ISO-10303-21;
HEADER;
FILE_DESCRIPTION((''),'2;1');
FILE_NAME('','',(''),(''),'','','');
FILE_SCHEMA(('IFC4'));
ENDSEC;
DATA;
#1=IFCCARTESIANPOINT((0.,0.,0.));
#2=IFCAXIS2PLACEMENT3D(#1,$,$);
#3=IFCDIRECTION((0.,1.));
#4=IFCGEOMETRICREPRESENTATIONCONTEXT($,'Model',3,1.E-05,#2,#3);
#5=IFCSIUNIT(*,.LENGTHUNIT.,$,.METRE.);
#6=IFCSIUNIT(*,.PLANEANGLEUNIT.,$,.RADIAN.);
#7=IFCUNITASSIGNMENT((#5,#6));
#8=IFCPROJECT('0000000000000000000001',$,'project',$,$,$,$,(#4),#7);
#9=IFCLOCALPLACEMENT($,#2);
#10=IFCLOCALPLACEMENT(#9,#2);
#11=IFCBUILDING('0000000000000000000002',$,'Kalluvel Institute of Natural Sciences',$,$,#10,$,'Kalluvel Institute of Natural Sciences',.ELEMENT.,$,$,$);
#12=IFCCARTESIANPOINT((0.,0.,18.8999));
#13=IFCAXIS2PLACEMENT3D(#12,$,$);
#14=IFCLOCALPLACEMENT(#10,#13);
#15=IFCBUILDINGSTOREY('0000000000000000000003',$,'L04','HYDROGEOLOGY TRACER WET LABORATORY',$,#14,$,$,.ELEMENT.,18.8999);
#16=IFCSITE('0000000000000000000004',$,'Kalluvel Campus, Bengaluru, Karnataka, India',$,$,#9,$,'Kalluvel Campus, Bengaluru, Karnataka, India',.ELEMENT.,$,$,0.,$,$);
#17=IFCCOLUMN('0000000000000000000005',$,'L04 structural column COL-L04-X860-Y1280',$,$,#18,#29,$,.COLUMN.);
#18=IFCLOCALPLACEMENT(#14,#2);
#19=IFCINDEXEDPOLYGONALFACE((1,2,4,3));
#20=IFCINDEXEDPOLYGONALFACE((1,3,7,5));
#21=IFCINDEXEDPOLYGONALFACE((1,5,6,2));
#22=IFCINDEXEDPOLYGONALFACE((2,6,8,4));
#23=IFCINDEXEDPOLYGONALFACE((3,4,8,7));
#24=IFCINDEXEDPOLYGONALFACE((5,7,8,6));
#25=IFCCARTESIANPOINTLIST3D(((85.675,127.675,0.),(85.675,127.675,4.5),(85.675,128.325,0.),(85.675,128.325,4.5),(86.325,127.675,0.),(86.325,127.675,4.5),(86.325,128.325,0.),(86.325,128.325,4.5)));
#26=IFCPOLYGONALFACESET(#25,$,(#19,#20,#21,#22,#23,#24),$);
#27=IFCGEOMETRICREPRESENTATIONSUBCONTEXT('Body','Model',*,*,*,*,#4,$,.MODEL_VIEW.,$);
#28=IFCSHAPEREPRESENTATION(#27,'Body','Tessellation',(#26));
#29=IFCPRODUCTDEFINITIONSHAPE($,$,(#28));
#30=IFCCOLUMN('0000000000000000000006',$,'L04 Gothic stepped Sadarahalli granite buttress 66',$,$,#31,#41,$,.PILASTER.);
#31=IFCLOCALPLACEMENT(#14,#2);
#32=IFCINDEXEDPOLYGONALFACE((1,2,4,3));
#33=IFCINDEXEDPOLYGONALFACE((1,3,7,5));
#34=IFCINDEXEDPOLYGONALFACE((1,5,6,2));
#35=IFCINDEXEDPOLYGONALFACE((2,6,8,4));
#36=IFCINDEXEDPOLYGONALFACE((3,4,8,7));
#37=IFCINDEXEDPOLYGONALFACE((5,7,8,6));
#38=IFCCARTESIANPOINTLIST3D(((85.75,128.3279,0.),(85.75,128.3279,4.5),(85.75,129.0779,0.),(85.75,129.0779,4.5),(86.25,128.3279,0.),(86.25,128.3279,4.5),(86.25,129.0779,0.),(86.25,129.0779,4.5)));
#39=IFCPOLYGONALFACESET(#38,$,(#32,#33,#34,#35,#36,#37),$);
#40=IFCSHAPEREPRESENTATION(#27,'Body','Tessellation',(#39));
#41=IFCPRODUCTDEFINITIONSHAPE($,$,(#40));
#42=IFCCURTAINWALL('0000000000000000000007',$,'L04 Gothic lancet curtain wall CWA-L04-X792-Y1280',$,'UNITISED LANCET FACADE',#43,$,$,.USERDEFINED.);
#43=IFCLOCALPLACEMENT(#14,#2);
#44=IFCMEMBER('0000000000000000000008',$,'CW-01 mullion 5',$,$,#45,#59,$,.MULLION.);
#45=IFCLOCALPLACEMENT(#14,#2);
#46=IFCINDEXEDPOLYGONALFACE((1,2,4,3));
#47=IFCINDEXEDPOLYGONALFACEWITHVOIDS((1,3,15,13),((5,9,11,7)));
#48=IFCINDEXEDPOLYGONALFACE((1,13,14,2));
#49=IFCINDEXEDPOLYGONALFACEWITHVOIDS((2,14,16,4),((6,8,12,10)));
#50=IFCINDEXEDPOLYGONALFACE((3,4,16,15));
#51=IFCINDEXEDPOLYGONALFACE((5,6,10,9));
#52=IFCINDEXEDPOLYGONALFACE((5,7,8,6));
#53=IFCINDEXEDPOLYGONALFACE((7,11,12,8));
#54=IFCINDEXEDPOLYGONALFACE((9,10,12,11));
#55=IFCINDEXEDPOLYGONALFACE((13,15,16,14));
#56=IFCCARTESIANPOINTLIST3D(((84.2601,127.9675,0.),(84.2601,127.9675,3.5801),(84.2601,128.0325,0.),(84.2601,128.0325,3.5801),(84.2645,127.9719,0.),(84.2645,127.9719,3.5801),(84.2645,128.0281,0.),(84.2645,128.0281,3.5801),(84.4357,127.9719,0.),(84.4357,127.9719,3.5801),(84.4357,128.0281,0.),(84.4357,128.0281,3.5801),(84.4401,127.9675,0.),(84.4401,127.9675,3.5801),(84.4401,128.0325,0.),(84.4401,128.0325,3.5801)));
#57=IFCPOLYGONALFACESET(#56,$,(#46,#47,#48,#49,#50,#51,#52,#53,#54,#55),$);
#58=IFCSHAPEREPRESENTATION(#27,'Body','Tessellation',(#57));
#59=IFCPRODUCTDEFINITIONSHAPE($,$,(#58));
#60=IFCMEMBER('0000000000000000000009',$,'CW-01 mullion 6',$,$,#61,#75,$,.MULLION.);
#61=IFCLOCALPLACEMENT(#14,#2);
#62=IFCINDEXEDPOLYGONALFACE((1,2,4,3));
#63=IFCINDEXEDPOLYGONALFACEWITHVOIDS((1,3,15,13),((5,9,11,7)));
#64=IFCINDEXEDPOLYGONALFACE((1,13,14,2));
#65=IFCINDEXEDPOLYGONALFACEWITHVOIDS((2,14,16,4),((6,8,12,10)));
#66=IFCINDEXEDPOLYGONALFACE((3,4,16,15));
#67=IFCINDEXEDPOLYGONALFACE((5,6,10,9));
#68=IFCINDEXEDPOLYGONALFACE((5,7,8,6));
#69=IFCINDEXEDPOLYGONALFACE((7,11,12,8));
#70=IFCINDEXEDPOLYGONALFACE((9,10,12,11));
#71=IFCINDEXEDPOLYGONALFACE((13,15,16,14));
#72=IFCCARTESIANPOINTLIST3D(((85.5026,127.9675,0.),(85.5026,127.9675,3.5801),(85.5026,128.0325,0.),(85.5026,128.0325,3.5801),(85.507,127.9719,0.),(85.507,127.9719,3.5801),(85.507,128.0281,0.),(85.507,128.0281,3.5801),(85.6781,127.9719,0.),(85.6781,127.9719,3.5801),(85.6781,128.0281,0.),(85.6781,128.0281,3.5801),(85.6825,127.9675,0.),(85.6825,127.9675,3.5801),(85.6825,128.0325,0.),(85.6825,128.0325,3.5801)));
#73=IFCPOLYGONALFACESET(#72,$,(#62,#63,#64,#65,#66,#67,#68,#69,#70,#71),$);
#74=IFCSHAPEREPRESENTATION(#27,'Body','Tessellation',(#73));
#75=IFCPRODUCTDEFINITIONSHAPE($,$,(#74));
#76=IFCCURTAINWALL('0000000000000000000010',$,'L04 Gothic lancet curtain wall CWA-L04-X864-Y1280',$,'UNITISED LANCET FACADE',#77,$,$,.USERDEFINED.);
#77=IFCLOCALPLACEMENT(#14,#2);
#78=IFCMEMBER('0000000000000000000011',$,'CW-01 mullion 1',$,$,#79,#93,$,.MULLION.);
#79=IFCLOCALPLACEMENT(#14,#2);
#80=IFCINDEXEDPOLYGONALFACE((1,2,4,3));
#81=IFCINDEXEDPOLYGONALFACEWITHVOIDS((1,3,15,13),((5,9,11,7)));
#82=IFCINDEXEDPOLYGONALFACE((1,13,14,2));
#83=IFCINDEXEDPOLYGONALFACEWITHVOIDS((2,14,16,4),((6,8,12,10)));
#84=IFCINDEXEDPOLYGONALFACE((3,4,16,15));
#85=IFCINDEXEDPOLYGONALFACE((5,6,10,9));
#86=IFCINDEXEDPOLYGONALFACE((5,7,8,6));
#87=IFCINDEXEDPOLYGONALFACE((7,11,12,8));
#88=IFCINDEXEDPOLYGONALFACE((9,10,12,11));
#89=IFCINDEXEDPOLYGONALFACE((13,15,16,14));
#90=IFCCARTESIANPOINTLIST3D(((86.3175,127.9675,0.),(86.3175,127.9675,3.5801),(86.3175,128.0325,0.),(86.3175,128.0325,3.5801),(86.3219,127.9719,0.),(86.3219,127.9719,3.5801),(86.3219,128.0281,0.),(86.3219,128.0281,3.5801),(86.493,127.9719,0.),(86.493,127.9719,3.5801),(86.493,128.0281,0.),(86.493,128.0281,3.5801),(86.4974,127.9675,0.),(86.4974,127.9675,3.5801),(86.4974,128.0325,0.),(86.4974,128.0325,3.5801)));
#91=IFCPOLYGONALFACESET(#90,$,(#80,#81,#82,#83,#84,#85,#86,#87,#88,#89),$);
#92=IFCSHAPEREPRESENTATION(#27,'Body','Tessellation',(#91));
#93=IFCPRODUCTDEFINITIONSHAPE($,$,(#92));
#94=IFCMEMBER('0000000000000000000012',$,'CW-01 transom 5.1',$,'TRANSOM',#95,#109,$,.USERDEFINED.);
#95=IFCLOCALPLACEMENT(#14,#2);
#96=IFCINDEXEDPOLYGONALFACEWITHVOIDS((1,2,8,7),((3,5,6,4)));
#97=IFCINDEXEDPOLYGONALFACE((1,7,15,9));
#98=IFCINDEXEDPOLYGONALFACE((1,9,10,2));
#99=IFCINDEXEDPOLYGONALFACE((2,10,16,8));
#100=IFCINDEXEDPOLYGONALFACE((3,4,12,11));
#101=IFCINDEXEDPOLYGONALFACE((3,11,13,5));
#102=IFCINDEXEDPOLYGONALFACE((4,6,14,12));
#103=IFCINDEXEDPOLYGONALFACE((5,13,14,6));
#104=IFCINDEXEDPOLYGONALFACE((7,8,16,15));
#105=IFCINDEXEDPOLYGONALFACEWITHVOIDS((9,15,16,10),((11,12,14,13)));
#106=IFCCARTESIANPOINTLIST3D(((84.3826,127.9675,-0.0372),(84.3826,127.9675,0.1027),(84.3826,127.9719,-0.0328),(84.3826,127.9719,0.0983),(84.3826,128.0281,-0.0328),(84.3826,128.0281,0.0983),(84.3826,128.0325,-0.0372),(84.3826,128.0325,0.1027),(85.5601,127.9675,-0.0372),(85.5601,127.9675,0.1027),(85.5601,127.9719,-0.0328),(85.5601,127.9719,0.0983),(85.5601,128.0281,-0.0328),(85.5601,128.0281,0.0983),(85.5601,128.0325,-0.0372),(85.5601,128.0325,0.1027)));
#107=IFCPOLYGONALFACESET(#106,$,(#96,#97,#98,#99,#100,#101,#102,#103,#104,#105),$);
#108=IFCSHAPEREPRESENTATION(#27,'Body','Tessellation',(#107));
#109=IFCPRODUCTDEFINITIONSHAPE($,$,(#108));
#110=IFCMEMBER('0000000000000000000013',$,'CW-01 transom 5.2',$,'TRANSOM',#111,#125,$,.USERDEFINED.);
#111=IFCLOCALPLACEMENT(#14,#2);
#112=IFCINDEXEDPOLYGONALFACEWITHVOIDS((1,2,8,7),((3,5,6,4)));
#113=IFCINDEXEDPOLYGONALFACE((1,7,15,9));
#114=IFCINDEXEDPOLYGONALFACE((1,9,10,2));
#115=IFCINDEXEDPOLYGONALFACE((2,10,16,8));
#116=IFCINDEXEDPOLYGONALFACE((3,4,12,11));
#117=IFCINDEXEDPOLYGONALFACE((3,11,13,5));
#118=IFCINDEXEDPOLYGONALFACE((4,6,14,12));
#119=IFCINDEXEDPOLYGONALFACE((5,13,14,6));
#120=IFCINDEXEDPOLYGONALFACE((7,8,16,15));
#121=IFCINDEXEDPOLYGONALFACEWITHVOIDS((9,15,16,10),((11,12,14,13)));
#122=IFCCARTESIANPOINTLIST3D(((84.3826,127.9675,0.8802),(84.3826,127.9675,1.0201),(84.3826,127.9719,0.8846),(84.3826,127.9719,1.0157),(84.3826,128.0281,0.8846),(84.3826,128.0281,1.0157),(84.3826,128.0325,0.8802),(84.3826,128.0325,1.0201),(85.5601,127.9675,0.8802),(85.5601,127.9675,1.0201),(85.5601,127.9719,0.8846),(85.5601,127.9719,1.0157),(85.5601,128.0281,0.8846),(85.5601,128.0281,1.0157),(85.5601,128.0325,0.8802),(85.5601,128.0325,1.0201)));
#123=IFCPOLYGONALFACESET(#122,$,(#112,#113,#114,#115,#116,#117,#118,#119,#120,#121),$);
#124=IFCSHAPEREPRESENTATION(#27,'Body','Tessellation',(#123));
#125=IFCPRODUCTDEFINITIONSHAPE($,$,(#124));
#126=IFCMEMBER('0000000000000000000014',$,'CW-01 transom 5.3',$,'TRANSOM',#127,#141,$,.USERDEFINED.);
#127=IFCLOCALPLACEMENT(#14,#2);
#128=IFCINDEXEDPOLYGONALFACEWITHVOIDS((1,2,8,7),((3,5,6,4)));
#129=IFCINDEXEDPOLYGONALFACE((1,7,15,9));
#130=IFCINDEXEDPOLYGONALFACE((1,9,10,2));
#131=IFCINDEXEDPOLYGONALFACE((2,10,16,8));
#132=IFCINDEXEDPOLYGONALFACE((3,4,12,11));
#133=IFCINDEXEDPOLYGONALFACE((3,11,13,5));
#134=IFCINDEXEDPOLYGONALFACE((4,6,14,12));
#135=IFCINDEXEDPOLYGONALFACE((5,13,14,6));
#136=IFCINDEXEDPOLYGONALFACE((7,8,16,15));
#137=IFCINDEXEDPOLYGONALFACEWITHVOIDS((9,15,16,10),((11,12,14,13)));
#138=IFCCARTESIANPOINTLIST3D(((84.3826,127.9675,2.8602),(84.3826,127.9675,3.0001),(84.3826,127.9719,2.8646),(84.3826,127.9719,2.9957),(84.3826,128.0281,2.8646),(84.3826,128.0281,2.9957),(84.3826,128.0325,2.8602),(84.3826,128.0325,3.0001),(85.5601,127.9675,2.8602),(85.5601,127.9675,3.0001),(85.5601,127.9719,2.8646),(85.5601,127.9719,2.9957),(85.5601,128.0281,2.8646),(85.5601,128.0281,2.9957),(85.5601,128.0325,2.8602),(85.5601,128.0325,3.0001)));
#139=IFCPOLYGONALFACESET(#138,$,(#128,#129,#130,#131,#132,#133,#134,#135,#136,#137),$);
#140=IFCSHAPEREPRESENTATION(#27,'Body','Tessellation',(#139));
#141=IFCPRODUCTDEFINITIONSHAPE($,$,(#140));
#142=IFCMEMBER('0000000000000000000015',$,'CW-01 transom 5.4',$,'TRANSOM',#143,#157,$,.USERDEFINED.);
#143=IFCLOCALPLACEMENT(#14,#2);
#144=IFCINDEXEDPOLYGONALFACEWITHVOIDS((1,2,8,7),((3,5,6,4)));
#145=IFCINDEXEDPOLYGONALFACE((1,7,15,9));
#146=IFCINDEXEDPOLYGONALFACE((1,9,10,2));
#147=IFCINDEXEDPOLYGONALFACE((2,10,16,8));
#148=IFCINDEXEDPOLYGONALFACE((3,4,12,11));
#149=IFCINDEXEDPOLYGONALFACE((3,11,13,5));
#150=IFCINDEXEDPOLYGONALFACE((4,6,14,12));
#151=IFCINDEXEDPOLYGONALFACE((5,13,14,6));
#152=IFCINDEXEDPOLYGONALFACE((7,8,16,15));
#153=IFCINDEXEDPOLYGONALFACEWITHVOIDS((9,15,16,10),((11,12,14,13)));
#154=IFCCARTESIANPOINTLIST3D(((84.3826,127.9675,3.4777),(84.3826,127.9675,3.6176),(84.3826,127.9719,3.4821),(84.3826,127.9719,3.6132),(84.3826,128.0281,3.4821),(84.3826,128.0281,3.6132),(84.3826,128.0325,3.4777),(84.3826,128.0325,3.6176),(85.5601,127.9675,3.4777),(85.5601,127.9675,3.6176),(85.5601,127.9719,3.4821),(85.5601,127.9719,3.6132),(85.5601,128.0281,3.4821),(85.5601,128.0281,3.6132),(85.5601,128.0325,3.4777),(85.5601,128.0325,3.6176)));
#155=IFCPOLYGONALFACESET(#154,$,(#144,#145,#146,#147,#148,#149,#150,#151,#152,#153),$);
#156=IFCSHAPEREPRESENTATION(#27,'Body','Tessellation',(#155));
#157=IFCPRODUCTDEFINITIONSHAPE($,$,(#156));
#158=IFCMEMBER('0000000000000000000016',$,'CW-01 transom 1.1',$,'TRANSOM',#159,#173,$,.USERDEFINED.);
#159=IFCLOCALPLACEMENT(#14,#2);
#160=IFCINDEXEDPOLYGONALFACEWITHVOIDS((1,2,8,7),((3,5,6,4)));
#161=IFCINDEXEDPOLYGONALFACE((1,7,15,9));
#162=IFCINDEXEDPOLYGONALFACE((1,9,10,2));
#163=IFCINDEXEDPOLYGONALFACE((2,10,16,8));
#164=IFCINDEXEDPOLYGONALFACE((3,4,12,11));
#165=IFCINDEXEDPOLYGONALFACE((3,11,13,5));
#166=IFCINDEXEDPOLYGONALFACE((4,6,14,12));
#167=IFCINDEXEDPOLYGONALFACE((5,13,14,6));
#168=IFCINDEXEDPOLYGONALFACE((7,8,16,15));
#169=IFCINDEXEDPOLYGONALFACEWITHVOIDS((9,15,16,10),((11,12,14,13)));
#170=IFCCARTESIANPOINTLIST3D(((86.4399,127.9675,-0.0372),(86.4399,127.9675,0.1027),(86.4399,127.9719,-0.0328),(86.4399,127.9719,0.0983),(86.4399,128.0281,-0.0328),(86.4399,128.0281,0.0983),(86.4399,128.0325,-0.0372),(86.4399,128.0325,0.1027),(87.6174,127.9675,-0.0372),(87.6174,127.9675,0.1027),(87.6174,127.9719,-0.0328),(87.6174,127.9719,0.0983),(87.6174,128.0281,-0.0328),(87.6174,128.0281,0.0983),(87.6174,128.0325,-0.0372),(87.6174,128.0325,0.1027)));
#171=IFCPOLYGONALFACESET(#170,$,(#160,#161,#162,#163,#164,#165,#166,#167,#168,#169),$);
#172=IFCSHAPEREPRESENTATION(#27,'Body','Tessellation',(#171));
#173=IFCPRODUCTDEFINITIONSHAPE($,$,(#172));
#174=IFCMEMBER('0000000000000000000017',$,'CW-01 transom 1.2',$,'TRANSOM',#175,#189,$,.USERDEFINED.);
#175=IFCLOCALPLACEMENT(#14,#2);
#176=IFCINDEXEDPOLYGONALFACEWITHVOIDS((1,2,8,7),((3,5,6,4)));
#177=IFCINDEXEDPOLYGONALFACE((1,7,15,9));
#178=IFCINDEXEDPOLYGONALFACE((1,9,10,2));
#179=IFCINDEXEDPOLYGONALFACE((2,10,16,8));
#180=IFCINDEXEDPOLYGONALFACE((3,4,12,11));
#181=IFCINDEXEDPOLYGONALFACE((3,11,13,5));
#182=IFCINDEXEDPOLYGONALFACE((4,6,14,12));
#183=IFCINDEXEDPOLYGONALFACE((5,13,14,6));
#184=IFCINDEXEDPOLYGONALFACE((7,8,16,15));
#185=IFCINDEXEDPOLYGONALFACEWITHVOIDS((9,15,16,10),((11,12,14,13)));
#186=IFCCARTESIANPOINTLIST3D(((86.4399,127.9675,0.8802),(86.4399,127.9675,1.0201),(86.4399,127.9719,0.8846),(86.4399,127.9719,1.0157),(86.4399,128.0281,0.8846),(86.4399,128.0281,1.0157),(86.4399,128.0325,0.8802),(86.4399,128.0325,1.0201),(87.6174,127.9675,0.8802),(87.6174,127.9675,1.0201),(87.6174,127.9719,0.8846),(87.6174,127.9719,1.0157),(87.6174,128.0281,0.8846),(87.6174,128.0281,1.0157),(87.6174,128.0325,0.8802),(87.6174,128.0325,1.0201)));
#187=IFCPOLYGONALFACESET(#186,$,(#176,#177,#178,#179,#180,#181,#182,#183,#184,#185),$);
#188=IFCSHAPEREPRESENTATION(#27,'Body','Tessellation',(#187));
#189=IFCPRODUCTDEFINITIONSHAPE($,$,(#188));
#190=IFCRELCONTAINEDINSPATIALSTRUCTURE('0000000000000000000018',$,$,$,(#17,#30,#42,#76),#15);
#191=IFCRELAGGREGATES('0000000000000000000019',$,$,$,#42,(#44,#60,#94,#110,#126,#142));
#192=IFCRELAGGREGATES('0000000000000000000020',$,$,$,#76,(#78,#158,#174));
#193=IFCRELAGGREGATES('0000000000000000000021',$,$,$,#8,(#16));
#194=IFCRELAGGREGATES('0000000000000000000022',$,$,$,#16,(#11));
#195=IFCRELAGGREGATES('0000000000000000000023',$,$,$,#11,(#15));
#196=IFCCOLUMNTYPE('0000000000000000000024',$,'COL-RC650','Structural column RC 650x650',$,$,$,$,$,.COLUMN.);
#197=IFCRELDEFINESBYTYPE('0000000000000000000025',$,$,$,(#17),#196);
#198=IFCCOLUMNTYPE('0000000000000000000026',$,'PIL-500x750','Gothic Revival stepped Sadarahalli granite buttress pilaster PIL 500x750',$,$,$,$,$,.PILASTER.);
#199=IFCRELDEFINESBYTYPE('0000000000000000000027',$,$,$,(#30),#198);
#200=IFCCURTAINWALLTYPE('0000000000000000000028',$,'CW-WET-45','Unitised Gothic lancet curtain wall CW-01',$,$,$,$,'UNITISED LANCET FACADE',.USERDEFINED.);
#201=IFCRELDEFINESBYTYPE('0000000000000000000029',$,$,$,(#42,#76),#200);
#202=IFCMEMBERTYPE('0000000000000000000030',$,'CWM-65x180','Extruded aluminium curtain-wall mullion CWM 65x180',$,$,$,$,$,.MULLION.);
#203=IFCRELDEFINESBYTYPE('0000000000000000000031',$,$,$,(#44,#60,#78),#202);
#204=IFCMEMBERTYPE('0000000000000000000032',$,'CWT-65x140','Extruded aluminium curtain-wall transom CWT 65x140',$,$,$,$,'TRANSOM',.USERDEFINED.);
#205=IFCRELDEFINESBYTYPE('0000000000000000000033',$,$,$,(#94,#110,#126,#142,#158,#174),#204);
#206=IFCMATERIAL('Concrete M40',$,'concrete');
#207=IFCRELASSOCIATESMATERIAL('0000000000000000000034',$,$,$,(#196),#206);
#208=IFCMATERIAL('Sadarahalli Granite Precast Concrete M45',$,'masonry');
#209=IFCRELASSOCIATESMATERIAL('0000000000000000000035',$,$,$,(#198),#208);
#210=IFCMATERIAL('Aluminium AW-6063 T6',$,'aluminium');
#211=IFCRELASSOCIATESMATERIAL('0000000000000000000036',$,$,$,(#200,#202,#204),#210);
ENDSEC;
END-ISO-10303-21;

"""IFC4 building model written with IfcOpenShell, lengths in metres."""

from ifc_helpers import new_model, si_unit, direction, frame, origin, origin_2d, place, context, subcontext, project, spatial, rectangle, hollow_rectangle, extrude, material, material_profile, profile_set, type_object, element, aggregate, save


model = new_model("IFC4")

# Units and contexts
model_context = context("Model", 3, precision=1e-05, world=origin(), true_north=direction((0.0, 1.0)))
body_context = subcontext(model_context, "Body", "Model", "MODEL_VIEW")
ifc_project = project(units=[si_unit("LENGTHUNIT", "METRE"), si_unit("PLANEANGLEUNIT", "RADIAN")], contexts=[model_context])

# Site, building, storey
site_placement = place(None, origin())
site = spatial("IfcSite", under=ifc_project, at=site_placement, Name="Kalluvel Campus, Bengaluru, Karnataka, India", LongName="Kalluvel Campus, Bengaluru, Karnataka, India", CompositionType="ELEMENT", RefElevation=0.0)
building_placement = place(site_placement, origin())
building = spatial("IfcBuilding", under=site, at=building_placement, Name="Kalluvel Institute of Natural Sciences", LongName="Kalluvel Institute of Natural Sciences", CompositionType="ELEMENT")
storey_placement = place(building_placement, frame((0.0, 0.0, 18.8999)))
storey = spatial("IfcBuildingStorey", under=building, at=storey_placement, Name="L04", Description="HYDROGEOLOGY TRACER WET LABORATORY", CompositionType="ELEMENT", Elevation=18.8999)

# Columns
ifc_material_1 = material(Name="Concrete M40", Category="concrete")
ifc_material_profile_1 = material_profile(ifc_material_1, rectangle(XDim=0.6499, YDim=0.6499, at=origin_2d()), Name="RC 650x650")
ifc_profile_set_1 = profile_set([ifc_material_profile_1], Name="Concrete M40")
column_type_1 = type_object("IfcColumnType", Name="COL-RC650", Description="Structural column RC 650x650", PredefinedType="COLUMN", material=ifc_profile_set_1)
column_1_placement = place(storey_placement, frame((86.0, 128.0, 0.0), z_axis=(0.0, 0.0, 1.0), x_axis=(1.0, 0.0, 0.0)))
element("IfcColumn", 1, at=column_1_placement, inside=storey, type_object=column_type_1, Name="L04 structural column COL-L04-X860-Y1280", PredefinedType="COLUMN", context=body_context, shape_type="SweptSolid", body=[
    extrude(rectangle(XDim=0.6499, YDim=0.6499, at=origin_2d()), origin(), (0.0, 0.0, 1.0), 4.5),
])
ifc_material_2 = material(Name="Sadarahalli Granite Precast Concrete M45", Category="masonry")
ifc_material_profile_2 = material_profile(ifc_material_2, rectangle(XDim=0.5, YDim=0.75, at=origin_2d()), Name="PIL 500x750")
ifc_profile_set_2 = profile_set([ifc_material_profile_2], Name="Sadarahalli Granite Precast Concrete M45")
column_type_2 = type_object("IfcColumnType", Name="PIL-500x750", Description="Gothic Revival stepped Sadarahalli granite buttress pilaster PIL 500x750", PredefinedType="PILASTER", material=ifc_profile_set_2)
column_2_placement = place(storey_placement, frame((86.0, 128.7029, 0.0), z_axis=(0.0, 0.0, 1.0), x_axis=(1.0, 0.0, 0.0)))
element("IfcColumn", 2, at=column_2_placement, inside=storey, type_object=column_type_2, Name="L04 Gothic stepped Sadarahalli granite buttress 66", PredefinedType="PILASTER", context=body_context, shape_type="SweptSolid", body=[
    extrude(rectangle(XDim=0.5, YDim=0.75, at=origin_2d()), origin(), (0.0, 0.0, 1.0), 4.5),
])

# Curtain wall, members
ifc_material_3 = material(Name="Aluminium AW-6063 T6", Category="aluminium")
curtain_wall_type = type_object("IfcCurtainWallType", Name="CW-WET-45", Description="Unitised Gothic lancet curtain wall CW-01", ElementType="UNITISED LANCET FACADE", PredefinedType="USERDEFINED", material=ifc_material_3)
curtain_wall_1_placement = place(storey_placement, origin())
curtain_wall_1 = element("IfcCurtainWall", 3, at=curtain_wall_1_placement, inside=storey, type_object=curtain_wall_type, Name="L04 Gothic lancet curtain wall CWA-L04-X792-Y1280", ObjectType="UNITISED LANCET FACADE", PredefinedType="USERDEFINED")
ifc_material_profile_3 = material_profile(ifc_material_3, hollow_rectangle(XDim=0.0649, YDim=0.1799, WallThickness=0.0044, at=origin_2d()), Name="CWM 65x180")
ifc_profile_set_3 = profile_set([ifc_material_profile_3], Name="Aluminium AW-6063 T6")
member_type_1 = type_object("IfcMemberType", Name="CWM-65x180", Description="Extruded aluminium curtain-wall mullion CWM 65x180", PredefinedType="MULLION", material=ifc_profile_set_3)
member_1_placement = place(storey_placement, frame((84.3501, 128.0, 0.0), z_axis=(0.0, 0.0, 1.0), x_axis=(0.0, 1.0, 0.0)))
member_1 = element("IfcMember", 4, at=member_1_placement, type_object=member_type_1, Name="CW-01 mullion 5", PredefinedType="MULLION", context=body_context, shape_type="SweptSolid", body=[
    extrude(hollow_rectangle(XDim=0.0649, YDim=0.1799, WallThickness=0.0044, at=origin_2d()), origin(), (0.0, 0.0, 1.0), 3.5801),
])
member_2_placement = place(storey_placement, frame((85.5925, 128.0, 0.0), z_axis=(0.0, 0.0, 1.0), x_axis=(0.0, 1.0, 0.0)))
member_2 = element("IfcMember", 5, at=member_2_placement, type_object=member_type_1, Name="CW-01 mullion 6", PredefinedType="MULLION", context=body_context, shape_type="SweptSolid", body=[
    extrude(hollow_rectangle(XDim=0.0649, YDim=0.1799, WallThickness=0.0044, at=origin_2d()), origin(), (0.0, 0.0, 1.0), 3.5801),
])

# Curtain wall, member
curtain_wall_2_placement = place(storey_placement, origin())
curtain_wall_2 = element("IfcCurtainWall", 6, at=curtain_wall_2_placement, inside=storey, type_object=curtain_wall_type, Name="L04 Gothic lancet curtain wall CWA-L04-X864-Y1280", ObjectType="UNITISED LANCET FACADE", PredefinedType="USERDEFINED")
member_3_placement = place(storey_placement, frame((86.4075, 128.0, 0.0), z_axis=(0.0, 0.0, 1.0), x_axis=(0.0, 1.0, 0.0)))
member_3 = element("IfcMember", 7, at=member_3_placement, type_object=member_type_1, Name="CW-01 mullion 1", PredefinedType="MULLION", context=body_context, shape_type="SweptSolid", body=[
    extrude(hollow_rectangle(XDim=0.0649, YDim=0.1799, WallThickness=0.0044, at=origin_2d()), origin(), (0.0, 0.0, 1.0), 3.5801),
])

# Members
ifc_material_profile_4 = material_profile(ifc_material_3, hollow_rectangle(XDim=0.0649, YDim=0.1399, WallThickness=0.0044, at=origin_2d()), Name="CWT 65x140")
ifc_profile_set_4 = profile_set([ifc_material_profile_4], Name="Aluminium AW-6063 T6")
member_type_2 = type_object("IfcMemberType", Name="CWT-65x140", Description="Extruded aluminium curtain-wall transom CWT 65x140", ElementType="TRANSOM", PredefinedType="USERDEFINED", material=ifc_profile_set_4)
member_4_placement = place(storey_placement, frame((84.3826, 128.0, 0.0327), z_axis=(1.0, 0.0, 0.0), x_axis=(0.0, 1.0, 0.0)))
member_4 = element("IfcMember", 8, at=member_4_placement, type_object=member_type_2, Name="CW-01 transom 5.1", ObjectType="TRANSOM", PredefinedType="USERDEFINED", context=body_context, shape_type="SweptSolid", body=[
    extrude(hollow_rectangle(XDim=0.0649, YDim=0.1399, WallThickness=0.0044, at=origin_2d()), origin(), (0.0, 0.0, 1.0), 1.1775),
])
member_5_placement = place(storey_placement, frame((84.3826, 128.0, 0.9502), z_axis=(1.0, 0.0, 0.0), x_axis=(0.0, 1.0, 0.0)))
member_5 = element("IfcMember", 9, at=member_5_placement, type_object=member_type_2, Name="CW-01 transom 5.2", ObjectType="TRANSOM", PredefinedType="USERDEFINED", context=body_context, shape_type="SweptSolid", body=[
    extrude(hollow_rectangle(XDim=0.0649, YDim=0.1399, WallThickness=0.0044, at=origin_2d()), origin(), (0.0, 0.0, 1.0), 1.1775),
])
member_6_placement = place(storey_placement, frame((84.3826, 128.0, 2.9302), z_axis=(1.0, 0.0, 0.0), x_axis=(0.0, 1.0, 0.0)))
member_6 = element("IfcMember", 10, at=member_6_placement, type_object=member_type_2, Name="CW-01 transom 5.3", ObjectType="TRANSOM", PredefinedType="USERDEFINED", context=body_context, shape_type="SweptSolid", body=[
    extrude(hollow_rectangle(XDim=0.0649, YDim=0.1399, WallThickness=0.0044, at=origin_2d()), origin(), (0.0, 0.0, 1.0), 1.1775),
])
member_7_placement = place(storey_placement, frame((84.3826, 128.0, 3.5476), z_axis=(1.0, 0.0, 0.0), x_axis=(0.0, 1.0, 0.0)))
member_7 = element("IfcMember", 11, at=member_7_placement, type_object=member_type_2, Name="CW-01 transom 5.4", ObjectType="TRANSOM", PredefinedType="USERDEFINED", context=body_context, shape_type="SweptSolid", body=[
    extrude(hollow_rectangle(XDim=0.0649, YDim=0.1399, WallThickness=0.0044, at=origin_2d()), origin(), (0.0, 0.0, 1.0), 1.1775),
])
member_8_placement = place(storey_placement, frame((86.4399, 128.0, 0.0327), z_axis=(1.0, 0.0, 0.0), x_axis=(0.0, 1.0, 0.0)))
member_8 = element("IfcMember", 12, at=member_8_placement, type_object=member_type_2, Name="CW-01 transom 1.1", ObjectType="TRANSOM", PredefinedType="USERDEFINED", context=body_context, shape_type="SweptSolid", body=[
    extrude(hollow_rectangle(XDim=0.0649, YDim=0.1399, WallThickness=0.0044, at=origin_2d()), origin(), (0.0, 0.0, 1.0), 1.1775),
])
member_9_placement = place(storey_placement, frame((86.4399, 128.0, 0.9502), z_axis=(1.0, 0.0, 0.0), x_axis=(0.0, 1.0, 0.0)))
member_9 = element("IfcMember", 13, at=member_9_placement, type_object=member_type_2, Name="CW-01 transom 1.2", ObjectType="TRANSOM", PredefinedType="USERDEFINED", context=body_context, shape_type="SweptSolid", body=[
    extrude(hollow_rectangle(XDim=0.0649, YDim=0.1399, WallThickness=0.0044, at=origin_2d()), origin(), (0.0, 0.0, 1.0), 1.1775),
])

aggregate(curtain_wall_1, [member_1, member_2, member_4, member_5, member_6, member_7])
aggregate(curtain_wall_2, [member_3, member_8, member_9])

save(model, "model.ifc")
